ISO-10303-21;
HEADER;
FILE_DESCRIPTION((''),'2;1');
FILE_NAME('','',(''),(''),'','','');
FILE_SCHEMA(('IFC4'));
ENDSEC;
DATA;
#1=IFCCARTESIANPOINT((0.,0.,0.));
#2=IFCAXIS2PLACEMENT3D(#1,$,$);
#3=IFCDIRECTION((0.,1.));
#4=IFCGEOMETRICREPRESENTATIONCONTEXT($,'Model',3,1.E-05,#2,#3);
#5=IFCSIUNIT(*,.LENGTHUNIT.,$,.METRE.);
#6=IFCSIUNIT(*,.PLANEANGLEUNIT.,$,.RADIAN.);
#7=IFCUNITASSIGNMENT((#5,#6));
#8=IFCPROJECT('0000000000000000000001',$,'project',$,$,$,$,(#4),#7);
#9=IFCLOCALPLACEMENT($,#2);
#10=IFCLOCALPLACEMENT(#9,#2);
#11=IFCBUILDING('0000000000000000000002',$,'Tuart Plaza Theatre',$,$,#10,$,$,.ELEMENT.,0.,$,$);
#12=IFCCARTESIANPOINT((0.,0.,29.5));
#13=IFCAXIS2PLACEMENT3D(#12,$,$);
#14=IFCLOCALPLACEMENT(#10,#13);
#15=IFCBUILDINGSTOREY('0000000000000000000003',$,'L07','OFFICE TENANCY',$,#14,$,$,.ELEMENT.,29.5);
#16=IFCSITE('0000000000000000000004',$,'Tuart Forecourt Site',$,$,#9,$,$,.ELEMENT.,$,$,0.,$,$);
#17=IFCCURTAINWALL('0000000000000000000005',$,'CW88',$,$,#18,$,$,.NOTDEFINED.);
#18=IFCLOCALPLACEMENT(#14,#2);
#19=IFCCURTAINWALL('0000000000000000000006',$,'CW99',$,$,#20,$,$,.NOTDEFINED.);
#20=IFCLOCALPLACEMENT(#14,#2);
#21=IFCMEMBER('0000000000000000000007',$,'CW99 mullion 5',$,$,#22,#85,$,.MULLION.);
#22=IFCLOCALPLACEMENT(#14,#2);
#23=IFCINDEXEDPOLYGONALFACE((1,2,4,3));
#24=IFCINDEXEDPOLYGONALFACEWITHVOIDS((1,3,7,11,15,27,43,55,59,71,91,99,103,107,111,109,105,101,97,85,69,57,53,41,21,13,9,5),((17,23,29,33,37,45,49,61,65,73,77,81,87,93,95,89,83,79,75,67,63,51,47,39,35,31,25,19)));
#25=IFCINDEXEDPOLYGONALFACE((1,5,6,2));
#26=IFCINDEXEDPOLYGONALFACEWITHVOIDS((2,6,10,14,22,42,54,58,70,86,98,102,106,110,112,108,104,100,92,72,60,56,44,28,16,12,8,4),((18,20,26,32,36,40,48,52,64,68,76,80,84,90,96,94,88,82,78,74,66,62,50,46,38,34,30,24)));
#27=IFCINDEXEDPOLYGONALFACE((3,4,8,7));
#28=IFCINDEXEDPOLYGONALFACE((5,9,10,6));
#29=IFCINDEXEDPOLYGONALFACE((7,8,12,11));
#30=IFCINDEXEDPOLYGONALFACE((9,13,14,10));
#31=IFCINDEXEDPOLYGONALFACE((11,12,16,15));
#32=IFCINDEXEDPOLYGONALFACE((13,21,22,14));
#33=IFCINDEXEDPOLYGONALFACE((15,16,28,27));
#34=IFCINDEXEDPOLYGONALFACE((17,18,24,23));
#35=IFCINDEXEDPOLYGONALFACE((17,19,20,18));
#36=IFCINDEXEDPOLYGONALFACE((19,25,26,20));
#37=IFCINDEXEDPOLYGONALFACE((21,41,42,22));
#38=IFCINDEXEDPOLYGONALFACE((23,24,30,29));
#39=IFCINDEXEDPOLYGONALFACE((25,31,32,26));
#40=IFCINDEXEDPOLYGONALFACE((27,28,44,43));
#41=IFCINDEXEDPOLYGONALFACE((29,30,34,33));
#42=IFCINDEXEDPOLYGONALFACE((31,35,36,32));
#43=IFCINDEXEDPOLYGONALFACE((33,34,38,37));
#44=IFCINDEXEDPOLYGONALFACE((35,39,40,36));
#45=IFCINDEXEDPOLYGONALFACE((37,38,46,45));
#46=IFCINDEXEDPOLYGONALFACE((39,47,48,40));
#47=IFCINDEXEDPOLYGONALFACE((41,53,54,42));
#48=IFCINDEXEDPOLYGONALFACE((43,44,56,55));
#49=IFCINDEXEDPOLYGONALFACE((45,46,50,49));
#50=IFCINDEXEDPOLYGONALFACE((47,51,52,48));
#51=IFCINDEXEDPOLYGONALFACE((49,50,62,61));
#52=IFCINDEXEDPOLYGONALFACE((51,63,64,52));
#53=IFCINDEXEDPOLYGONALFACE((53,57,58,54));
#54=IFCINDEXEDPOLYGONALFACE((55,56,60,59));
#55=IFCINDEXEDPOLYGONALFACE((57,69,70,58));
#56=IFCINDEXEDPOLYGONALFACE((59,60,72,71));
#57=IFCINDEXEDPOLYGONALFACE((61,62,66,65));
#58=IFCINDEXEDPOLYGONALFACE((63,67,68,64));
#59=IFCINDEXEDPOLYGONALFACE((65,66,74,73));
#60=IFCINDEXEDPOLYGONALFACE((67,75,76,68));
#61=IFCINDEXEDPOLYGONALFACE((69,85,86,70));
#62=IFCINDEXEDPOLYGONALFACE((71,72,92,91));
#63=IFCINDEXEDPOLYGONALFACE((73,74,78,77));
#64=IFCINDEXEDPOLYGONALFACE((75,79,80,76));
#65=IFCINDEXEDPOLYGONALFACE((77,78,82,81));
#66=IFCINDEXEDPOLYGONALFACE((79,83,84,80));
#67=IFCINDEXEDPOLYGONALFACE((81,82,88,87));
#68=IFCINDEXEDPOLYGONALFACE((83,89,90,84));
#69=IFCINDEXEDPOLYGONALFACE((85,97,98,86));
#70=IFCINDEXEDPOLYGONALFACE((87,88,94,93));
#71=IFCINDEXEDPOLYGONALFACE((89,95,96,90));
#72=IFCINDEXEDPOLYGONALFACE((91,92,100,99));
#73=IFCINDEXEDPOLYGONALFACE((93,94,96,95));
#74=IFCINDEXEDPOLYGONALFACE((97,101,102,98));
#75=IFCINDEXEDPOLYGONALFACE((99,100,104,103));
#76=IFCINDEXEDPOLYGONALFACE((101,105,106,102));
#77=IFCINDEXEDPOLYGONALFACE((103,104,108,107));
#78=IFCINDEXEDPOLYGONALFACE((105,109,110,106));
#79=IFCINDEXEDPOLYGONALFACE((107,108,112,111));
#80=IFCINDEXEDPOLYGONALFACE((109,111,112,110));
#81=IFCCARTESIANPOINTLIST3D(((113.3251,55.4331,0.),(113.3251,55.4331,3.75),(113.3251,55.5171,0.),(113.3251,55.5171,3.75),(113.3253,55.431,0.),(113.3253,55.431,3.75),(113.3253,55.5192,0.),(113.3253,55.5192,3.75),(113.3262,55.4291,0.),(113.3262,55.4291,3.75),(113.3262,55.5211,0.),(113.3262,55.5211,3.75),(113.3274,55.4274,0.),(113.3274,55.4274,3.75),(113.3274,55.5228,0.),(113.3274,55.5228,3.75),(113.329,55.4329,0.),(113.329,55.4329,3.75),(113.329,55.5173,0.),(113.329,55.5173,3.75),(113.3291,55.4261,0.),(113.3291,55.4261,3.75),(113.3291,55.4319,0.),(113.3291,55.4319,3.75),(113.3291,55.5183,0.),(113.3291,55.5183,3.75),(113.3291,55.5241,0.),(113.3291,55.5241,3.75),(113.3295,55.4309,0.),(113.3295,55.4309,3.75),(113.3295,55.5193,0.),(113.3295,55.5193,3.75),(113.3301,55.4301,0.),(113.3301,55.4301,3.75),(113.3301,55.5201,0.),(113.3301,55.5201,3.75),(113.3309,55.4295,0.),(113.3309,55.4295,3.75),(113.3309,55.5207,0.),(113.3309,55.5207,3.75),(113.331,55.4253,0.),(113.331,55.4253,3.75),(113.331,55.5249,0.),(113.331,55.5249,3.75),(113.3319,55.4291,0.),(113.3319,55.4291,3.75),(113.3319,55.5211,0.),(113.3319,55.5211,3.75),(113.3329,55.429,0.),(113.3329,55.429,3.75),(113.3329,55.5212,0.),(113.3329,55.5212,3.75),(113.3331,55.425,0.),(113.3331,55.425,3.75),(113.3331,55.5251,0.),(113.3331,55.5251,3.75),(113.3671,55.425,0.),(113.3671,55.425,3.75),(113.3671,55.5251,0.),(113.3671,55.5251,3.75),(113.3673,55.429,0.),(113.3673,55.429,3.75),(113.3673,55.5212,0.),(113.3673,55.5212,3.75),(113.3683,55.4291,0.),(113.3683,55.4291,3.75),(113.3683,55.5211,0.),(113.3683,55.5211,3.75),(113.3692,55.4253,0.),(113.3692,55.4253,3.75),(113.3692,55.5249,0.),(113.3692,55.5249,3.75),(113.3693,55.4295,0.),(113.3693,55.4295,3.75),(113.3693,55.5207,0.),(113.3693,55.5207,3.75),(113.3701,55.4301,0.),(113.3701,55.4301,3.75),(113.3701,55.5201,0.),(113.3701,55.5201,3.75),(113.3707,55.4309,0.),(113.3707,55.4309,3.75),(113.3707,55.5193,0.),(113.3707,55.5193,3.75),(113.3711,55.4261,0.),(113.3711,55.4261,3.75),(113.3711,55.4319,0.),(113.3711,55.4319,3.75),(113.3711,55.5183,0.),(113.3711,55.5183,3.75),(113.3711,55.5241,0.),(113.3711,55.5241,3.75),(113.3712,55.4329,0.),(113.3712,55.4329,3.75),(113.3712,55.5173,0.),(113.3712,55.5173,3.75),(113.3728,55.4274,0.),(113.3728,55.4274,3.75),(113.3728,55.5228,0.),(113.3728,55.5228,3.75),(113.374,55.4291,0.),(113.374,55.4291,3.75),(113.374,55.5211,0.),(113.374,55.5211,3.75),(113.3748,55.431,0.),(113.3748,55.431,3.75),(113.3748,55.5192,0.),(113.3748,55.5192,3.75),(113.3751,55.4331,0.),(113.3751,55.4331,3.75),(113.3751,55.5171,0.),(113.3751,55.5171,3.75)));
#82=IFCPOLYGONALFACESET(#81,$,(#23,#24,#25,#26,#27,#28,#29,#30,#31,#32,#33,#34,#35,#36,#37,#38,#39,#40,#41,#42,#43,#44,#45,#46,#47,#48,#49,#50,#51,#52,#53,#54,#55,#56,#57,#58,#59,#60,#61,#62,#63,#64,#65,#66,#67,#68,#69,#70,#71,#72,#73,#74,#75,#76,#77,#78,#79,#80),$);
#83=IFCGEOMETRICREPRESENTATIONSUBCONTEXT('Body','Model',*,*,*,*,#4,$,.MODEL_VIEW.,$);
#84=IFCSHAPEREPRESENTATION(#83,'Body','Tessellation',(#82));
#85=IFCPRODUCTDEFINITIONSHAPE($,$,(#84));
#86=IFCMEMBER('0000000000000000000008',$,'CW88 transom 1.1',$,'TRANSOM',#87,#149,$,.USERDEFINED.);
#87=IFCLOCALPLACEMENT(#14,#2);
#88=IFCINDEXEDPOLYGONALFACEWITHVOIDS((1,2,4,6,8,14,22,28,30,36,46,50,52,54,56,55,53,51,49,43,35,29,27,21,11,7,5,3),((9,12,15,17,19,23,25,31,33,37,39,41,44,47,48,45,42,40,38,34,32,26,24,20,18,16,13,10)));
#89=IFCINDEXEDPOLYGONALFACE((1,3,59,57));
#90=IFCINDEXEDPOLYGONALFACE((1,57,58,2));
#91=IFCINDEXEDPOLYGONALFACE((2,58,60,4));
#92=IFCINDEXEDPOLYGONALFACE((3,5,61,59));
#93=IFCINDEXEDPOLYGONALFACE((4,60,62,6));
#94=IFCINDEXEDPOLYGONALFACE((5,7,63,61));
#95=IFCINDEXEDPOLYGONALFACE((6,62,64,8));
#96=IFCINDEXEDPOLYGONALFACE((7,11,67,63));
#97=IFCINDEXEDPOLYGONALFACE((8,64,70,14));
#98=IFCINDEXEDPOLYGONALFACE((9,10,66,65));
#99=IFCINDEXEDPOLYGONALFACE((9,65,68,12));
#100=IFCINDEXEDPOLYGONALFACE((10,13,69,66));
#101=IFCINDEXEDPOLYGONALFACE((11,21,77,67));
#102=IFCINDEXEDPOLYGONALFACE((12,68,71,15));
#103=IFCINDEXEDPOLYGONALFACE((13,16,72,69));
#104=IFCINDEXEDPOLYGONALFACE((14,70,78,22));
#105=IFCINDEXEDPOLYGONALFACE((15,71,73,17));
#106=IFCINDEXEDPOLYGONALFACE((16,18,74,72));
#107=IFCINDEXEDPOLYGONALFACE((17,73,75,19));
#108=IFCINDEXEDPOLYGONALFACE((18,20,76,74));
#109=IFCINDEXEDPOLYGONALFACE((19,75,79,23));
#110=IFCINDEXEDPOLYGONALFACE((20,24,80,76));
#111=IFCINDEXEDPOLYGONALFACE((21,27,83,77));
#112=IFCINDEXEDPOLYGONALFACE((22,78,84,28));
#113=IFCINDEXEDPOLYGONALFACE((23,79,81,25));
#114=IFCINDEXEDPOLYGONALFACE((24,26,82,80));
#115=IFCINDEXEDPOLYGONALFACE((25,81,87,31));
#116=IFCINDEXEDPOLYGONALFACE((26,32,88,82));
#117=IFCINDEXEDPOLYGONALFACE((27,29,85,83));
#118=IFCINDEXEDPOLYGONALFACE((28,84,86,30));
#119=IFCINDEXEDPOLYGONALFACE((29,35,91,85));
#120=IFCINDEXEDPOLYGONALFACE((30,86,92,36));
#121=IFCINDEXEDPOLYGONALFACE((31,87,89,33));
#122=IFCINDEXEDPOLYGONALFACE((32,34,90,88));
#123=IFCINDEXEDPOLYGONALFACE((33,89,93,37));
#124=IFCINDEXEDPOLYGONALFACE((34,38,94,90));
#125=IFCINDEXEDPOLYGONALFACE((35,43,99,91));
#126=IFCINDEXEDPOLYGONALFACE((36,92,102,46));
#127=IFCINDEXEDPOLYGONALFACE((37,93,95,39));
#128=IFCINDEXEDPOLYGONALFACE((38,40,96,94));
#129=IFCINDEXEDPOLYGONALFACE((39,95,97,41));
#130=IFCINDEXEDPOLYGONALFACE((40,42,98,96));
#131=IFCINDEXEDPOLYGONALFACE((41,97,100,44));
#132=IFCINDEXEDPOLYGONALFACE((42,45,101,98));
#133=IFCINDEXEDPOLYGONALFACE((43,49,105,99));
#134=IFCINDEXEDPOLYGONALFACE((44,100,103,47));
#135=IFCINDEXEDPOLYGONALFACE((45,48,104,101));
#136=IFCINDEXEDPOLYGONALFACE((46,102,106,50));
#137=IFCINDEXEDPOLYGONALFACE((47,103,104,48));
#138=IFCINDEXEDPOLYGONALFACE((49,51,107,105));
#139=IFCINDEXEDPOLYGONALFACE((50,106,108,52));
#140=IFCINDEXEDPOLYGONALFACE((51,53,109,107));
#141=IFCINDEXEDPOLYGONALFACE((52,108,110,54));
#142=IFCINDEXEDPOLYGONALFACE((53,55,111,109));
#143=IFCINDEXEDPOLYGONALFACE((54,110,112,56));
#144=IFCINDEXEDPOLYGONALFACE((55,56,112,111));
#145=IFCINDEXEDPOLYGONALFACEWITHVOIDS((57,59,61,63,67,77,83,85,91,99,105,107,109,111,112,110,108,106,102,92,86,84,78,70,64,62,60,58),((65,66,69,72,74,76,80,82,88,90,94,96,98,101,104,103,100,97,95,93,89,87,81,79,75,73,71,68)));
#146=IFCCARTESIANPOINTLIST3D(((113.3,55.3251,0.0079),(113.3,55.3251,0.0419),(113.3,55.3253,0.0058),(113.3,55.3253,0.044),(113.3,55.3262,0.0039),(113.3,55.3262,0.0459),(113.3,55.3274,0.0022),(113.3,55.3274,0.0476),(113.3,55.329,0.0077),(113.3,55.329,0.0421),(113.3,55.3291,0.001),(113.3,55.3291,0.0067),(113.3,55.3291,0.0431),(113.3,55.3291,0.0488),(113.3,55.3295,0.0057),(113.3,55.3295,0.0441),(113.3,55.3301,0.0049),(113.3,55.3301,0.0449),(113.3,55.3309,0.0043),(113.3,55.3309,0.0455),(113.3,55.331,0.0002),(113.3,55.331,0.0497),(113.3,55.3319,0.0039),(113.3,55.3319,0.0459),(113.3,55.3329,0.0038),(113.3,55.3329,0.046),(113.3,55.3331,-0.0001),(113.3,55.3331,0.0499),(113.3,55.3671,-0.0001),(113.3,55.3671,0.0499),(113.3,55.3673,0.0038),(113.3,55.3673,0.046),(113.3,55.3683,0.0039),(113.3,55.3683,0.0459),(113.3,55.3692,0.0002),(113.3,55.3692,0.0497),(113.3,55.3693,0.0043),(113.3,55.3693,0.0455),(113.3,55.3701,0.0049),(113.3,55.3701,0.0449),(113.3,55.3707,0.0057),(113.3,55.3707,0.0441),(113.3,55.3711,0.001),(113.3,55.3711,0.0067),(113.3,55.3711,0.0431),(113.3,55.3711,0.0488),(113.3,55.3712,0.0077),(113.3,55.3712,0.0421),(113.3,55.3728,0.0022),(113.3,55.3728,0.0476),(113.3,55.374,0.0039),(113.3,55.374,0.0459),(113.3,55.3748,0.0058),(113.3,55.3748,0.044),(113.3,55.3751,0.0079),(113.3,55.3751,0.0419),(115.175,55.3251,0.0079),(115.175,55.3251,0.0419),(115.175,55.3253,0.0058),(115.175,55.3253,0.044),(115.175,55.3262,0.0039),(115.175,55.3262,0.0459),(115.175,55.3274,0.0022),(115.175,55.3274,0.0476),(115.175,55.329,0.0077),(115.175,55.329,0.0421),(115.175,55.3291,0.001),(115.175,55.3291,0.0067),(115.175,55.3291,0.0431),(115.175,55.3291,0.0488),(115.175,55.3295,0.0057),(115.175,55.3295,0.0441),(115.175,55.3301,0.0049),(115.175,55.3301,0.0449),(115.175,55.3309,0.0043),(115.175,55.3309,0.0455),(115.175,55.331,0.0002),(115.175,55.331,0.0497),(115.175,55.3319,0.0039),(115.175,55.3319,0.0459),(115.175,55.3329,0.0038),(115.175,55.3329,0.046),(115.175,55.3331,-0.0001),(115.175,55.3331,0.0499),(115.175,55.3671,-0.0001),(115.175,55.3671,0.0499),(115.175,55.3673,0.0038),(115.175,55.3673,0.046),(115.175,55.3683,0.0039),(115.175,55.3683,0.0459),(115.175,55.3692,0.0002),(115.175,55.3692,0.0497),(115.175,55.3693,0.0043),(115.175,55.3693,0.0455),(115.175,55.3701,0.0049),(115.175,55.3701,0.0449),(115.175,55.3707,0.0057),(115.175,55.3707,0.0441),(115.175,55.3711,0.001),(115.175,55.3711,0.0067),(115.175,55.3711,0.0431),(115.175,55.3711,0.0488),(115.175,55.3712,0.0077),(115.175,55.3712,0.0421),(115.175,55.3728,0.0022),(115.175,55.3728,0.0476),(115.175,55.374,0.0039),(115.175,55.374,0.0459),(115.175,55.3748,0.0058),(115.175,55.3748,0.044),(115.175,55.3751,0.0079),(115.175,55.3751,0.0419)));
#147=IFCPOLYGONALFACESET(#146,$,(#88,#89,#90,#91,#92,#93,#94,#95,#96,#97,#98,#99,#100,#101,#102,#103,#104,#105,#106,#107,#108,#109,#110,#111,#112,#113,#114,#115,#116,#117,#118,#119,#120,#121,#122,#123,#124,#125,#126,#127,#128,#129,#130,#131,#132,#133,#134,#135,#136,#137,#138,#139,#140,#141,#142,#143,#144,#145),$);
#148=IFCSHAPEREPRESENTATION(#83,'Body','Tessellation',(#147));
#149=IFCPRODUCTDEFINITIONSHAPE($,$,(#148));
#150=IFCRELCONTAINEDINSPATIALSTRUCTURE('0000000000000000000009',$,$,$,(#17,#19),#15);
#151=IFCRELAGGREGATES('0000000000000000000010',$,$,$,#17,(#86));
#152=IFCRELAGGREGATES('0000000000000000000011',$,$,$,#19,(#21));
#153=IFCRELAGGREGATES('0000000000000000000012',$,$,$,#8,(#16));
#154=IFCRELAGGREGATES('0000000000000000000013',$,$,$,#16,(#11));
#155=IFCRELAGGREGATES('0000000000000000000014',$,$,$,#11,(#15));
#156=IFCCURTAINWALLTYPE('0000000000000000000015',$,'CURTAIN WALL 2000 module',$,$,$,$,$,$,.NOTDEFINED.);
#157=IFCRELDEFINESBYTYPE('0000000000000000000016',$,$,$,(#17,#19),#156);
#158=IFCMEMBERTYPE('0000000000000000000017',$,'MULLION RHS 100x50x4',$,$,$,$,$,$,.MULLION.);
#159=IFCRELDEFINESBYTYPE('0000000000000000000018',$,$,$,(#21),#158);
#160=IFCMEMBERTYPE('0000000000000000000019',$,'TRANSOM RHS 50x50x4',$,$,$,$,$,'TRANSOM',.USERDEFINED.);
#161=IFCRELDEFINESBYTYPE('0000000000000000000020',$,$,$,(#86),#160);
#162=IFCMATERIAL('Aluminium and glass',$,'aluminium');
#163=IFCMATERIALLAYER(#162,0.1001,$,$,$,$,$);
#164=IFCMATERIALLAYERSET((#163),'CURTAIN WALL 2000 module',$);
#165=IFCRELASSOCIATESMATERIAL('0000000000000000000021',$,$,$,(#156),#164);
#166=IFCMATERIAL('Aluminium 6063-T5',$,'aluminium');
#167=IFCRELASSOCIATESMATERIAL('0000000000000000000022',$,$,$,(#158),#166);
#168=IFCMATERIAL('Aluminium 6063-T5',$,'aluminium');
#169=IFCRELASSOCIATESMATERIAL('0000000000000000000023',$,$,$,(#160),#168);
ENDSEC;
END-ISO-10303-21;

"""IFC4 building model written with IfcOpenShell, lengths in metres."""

from ifc_helpers import new_model, si_unit, direction, frame, origin, origin_2d, place, context, subcontext, project, spatial, hollow_rectangle, extrude, material, layer, layer_set, material_profile, profile_set, type_object, element, aggregate, save


model = new_model("IFC4")

# Units and contexts
model_context = context("Model", 3, precision=1e-05, world=origin(), true_north=direction((0.0, 1.0)))
body_context = subcontext(model_context, "Body", "Model", "MODEL_VIEW")
ifc_project = project(units=[si_unit("LENGTHUNIT", "METRE"), si_unit("PLANEANGLEUNIT", "RADIAN")], contexts=[model_context])

# Site, building, storey
site_placement = place(None, origin())
site = spatial("IfcSite", under=ifc_project, at=site_placement, Name="Tuart Forecourt Site", CompositionType="ELEMENT", RefElevation=0.0)
building_placement = place(site_placement, origin())
building = spatial("IfcBuilding", under=site, at=building_placement, Name="Tuart Plaza Theatre", CompositionType="ELEMENT", ElevationOfRefHeight=0.0)
storey_placement = place(building_placement, frame((0.0, 0.0, 29.5)))
storey = spatial("IfcBuildingStorey", under=building, at=storey_placement, Name="L07", Description="OFFICE TENANCY", CompositionType="ELEMENT", Elevation=29.5)

# Curtain walls, member
ifc_material_1 = material(Name="Aluminium and glass", Category="aluminium")
ifc_layer_1 = layer(ifc_material_1, 0.1001)
ifc_layer_set_1 = layer_set([ifc_layer_1], Name="CURTAIN WALL 2000 module")
curtain_wall_type = type_object("IfcCurtainWallType", Name="CURTAIN WALL 2000 module", PredefinedType="NOTDEFINED", material=ifc_layer_set_1)
curtain_wall_1_placement = place(storey_placement, origin())
curtain_wall_1 = element("IfcCurtainWall", 1, at=curtain_wall_1_placement, inside=storey, type_object=curtain_wall_type, Name="CW88", PredefinedType="NOTDEFINED")
ifc_material_2 = material(Name="Aluminium 6063-T5", Category="aluminium")
ifc_material_profile_1 = material_profile(ifc_material_2, hollow_rectangle(XDim=0.05, YDim=0.1001, WallThickness=0.0039, InnerFilletRadius=0.0039, OuterFilletRadius=0.0081, at=origin_2d()), Name="RHS 100x50x4")
ifc_profile_set_1 = profile_set([ifc_material_profile_1], Name="Aluminium 6063-T5")
member_type_1 = type_object("IfcMemberType", Name="MULLION RHS 100x50x4", PredefinedType="MULLION", material=ifc_profile_set_1)
curtain_wall_2_placement = place(storey_placement, origin())
curtain_wall_2 = element("IfcCurtainWall", 2, at=curtain_wall_2_placement, inside=storey, type_object=curtain_wall_type, Name="CW99", PredefinedType="NOTDEFINED")
member_1_placement = place(storey_placement, frame((113.3501, 55.4751, 0.0), z_axis=(0.0, 0.0, 1.0), x_axis=(1.0, 0.0, 0.0)))
member_1 = element("IfcMember", 3, at=member_1_placement, type_object=member_type_1, Name="CW99 mullion 5", PredefinedType="MULLION", context=body_context, shape_type="SweptSolid", body=[
    extrude(hollow_rectangle(XDim=0.05, YDim=0.1001, WallThickness=0.0039, InnerFilletRadius=0.0039, OuterFilletRadius=0.0081, at=origin_2d()), origin(), (0.0, 0.0, 1.0), 3.75),
])

# Member
ifc_material_3 = material(Name="Aluminium 6063-T5", Category="aluminium")
ifc_material_profile_2 = material_profile(ifc_material_3, hollow_rectangle(XDim=0.05, YDim=0.05, WallThickness=0.0039, InnerFilletRadius=0.0039, OuterFilletRadius=0.0081, at=origin_2d()), Name="RHS 50x50x4")
ifc_profile_set_2 = profile_set([ifc_material_profile_2], Name="Aluminium 6063-T5")
member_type_2 = type_object("IfcMemberType", Name="TRANSOM RHS 50x50x4", ElementType="TRANSOM", PredefinedType="USERDEFINED", material=ifc_profile_set_2)
member_2_placement = place(storey_placement, frame((113.3, 55.3501, 0.0249), z_axis=(1.0, 0.0, 0.0), x_axis=(0.0, 1.0, 0.0)))
member_2 = element("IfcMember", 4, at=member_2_placement, type_object=member_type_2, Name="CW88 transom 1.1", ObjectType="TRANSOM", PredefinedType="USERDEFINED", context=body_context, shape_type="SweptSolid", body=[
    extrude(hollow_rectangle(XDim=0.05, YDim=0.05, WallThickness=0.0039, InnerFilletRadius=0.0039, OuterFilletRadius=0.0081, at=origin_2d()), origin(), (0.0, 0.0, 1.0), 1.875),
])

aggregate(curtain_wall_1, [member_2])
aggregate(curtain_wall_2, [member_1])

save(model, "model.ifc")
